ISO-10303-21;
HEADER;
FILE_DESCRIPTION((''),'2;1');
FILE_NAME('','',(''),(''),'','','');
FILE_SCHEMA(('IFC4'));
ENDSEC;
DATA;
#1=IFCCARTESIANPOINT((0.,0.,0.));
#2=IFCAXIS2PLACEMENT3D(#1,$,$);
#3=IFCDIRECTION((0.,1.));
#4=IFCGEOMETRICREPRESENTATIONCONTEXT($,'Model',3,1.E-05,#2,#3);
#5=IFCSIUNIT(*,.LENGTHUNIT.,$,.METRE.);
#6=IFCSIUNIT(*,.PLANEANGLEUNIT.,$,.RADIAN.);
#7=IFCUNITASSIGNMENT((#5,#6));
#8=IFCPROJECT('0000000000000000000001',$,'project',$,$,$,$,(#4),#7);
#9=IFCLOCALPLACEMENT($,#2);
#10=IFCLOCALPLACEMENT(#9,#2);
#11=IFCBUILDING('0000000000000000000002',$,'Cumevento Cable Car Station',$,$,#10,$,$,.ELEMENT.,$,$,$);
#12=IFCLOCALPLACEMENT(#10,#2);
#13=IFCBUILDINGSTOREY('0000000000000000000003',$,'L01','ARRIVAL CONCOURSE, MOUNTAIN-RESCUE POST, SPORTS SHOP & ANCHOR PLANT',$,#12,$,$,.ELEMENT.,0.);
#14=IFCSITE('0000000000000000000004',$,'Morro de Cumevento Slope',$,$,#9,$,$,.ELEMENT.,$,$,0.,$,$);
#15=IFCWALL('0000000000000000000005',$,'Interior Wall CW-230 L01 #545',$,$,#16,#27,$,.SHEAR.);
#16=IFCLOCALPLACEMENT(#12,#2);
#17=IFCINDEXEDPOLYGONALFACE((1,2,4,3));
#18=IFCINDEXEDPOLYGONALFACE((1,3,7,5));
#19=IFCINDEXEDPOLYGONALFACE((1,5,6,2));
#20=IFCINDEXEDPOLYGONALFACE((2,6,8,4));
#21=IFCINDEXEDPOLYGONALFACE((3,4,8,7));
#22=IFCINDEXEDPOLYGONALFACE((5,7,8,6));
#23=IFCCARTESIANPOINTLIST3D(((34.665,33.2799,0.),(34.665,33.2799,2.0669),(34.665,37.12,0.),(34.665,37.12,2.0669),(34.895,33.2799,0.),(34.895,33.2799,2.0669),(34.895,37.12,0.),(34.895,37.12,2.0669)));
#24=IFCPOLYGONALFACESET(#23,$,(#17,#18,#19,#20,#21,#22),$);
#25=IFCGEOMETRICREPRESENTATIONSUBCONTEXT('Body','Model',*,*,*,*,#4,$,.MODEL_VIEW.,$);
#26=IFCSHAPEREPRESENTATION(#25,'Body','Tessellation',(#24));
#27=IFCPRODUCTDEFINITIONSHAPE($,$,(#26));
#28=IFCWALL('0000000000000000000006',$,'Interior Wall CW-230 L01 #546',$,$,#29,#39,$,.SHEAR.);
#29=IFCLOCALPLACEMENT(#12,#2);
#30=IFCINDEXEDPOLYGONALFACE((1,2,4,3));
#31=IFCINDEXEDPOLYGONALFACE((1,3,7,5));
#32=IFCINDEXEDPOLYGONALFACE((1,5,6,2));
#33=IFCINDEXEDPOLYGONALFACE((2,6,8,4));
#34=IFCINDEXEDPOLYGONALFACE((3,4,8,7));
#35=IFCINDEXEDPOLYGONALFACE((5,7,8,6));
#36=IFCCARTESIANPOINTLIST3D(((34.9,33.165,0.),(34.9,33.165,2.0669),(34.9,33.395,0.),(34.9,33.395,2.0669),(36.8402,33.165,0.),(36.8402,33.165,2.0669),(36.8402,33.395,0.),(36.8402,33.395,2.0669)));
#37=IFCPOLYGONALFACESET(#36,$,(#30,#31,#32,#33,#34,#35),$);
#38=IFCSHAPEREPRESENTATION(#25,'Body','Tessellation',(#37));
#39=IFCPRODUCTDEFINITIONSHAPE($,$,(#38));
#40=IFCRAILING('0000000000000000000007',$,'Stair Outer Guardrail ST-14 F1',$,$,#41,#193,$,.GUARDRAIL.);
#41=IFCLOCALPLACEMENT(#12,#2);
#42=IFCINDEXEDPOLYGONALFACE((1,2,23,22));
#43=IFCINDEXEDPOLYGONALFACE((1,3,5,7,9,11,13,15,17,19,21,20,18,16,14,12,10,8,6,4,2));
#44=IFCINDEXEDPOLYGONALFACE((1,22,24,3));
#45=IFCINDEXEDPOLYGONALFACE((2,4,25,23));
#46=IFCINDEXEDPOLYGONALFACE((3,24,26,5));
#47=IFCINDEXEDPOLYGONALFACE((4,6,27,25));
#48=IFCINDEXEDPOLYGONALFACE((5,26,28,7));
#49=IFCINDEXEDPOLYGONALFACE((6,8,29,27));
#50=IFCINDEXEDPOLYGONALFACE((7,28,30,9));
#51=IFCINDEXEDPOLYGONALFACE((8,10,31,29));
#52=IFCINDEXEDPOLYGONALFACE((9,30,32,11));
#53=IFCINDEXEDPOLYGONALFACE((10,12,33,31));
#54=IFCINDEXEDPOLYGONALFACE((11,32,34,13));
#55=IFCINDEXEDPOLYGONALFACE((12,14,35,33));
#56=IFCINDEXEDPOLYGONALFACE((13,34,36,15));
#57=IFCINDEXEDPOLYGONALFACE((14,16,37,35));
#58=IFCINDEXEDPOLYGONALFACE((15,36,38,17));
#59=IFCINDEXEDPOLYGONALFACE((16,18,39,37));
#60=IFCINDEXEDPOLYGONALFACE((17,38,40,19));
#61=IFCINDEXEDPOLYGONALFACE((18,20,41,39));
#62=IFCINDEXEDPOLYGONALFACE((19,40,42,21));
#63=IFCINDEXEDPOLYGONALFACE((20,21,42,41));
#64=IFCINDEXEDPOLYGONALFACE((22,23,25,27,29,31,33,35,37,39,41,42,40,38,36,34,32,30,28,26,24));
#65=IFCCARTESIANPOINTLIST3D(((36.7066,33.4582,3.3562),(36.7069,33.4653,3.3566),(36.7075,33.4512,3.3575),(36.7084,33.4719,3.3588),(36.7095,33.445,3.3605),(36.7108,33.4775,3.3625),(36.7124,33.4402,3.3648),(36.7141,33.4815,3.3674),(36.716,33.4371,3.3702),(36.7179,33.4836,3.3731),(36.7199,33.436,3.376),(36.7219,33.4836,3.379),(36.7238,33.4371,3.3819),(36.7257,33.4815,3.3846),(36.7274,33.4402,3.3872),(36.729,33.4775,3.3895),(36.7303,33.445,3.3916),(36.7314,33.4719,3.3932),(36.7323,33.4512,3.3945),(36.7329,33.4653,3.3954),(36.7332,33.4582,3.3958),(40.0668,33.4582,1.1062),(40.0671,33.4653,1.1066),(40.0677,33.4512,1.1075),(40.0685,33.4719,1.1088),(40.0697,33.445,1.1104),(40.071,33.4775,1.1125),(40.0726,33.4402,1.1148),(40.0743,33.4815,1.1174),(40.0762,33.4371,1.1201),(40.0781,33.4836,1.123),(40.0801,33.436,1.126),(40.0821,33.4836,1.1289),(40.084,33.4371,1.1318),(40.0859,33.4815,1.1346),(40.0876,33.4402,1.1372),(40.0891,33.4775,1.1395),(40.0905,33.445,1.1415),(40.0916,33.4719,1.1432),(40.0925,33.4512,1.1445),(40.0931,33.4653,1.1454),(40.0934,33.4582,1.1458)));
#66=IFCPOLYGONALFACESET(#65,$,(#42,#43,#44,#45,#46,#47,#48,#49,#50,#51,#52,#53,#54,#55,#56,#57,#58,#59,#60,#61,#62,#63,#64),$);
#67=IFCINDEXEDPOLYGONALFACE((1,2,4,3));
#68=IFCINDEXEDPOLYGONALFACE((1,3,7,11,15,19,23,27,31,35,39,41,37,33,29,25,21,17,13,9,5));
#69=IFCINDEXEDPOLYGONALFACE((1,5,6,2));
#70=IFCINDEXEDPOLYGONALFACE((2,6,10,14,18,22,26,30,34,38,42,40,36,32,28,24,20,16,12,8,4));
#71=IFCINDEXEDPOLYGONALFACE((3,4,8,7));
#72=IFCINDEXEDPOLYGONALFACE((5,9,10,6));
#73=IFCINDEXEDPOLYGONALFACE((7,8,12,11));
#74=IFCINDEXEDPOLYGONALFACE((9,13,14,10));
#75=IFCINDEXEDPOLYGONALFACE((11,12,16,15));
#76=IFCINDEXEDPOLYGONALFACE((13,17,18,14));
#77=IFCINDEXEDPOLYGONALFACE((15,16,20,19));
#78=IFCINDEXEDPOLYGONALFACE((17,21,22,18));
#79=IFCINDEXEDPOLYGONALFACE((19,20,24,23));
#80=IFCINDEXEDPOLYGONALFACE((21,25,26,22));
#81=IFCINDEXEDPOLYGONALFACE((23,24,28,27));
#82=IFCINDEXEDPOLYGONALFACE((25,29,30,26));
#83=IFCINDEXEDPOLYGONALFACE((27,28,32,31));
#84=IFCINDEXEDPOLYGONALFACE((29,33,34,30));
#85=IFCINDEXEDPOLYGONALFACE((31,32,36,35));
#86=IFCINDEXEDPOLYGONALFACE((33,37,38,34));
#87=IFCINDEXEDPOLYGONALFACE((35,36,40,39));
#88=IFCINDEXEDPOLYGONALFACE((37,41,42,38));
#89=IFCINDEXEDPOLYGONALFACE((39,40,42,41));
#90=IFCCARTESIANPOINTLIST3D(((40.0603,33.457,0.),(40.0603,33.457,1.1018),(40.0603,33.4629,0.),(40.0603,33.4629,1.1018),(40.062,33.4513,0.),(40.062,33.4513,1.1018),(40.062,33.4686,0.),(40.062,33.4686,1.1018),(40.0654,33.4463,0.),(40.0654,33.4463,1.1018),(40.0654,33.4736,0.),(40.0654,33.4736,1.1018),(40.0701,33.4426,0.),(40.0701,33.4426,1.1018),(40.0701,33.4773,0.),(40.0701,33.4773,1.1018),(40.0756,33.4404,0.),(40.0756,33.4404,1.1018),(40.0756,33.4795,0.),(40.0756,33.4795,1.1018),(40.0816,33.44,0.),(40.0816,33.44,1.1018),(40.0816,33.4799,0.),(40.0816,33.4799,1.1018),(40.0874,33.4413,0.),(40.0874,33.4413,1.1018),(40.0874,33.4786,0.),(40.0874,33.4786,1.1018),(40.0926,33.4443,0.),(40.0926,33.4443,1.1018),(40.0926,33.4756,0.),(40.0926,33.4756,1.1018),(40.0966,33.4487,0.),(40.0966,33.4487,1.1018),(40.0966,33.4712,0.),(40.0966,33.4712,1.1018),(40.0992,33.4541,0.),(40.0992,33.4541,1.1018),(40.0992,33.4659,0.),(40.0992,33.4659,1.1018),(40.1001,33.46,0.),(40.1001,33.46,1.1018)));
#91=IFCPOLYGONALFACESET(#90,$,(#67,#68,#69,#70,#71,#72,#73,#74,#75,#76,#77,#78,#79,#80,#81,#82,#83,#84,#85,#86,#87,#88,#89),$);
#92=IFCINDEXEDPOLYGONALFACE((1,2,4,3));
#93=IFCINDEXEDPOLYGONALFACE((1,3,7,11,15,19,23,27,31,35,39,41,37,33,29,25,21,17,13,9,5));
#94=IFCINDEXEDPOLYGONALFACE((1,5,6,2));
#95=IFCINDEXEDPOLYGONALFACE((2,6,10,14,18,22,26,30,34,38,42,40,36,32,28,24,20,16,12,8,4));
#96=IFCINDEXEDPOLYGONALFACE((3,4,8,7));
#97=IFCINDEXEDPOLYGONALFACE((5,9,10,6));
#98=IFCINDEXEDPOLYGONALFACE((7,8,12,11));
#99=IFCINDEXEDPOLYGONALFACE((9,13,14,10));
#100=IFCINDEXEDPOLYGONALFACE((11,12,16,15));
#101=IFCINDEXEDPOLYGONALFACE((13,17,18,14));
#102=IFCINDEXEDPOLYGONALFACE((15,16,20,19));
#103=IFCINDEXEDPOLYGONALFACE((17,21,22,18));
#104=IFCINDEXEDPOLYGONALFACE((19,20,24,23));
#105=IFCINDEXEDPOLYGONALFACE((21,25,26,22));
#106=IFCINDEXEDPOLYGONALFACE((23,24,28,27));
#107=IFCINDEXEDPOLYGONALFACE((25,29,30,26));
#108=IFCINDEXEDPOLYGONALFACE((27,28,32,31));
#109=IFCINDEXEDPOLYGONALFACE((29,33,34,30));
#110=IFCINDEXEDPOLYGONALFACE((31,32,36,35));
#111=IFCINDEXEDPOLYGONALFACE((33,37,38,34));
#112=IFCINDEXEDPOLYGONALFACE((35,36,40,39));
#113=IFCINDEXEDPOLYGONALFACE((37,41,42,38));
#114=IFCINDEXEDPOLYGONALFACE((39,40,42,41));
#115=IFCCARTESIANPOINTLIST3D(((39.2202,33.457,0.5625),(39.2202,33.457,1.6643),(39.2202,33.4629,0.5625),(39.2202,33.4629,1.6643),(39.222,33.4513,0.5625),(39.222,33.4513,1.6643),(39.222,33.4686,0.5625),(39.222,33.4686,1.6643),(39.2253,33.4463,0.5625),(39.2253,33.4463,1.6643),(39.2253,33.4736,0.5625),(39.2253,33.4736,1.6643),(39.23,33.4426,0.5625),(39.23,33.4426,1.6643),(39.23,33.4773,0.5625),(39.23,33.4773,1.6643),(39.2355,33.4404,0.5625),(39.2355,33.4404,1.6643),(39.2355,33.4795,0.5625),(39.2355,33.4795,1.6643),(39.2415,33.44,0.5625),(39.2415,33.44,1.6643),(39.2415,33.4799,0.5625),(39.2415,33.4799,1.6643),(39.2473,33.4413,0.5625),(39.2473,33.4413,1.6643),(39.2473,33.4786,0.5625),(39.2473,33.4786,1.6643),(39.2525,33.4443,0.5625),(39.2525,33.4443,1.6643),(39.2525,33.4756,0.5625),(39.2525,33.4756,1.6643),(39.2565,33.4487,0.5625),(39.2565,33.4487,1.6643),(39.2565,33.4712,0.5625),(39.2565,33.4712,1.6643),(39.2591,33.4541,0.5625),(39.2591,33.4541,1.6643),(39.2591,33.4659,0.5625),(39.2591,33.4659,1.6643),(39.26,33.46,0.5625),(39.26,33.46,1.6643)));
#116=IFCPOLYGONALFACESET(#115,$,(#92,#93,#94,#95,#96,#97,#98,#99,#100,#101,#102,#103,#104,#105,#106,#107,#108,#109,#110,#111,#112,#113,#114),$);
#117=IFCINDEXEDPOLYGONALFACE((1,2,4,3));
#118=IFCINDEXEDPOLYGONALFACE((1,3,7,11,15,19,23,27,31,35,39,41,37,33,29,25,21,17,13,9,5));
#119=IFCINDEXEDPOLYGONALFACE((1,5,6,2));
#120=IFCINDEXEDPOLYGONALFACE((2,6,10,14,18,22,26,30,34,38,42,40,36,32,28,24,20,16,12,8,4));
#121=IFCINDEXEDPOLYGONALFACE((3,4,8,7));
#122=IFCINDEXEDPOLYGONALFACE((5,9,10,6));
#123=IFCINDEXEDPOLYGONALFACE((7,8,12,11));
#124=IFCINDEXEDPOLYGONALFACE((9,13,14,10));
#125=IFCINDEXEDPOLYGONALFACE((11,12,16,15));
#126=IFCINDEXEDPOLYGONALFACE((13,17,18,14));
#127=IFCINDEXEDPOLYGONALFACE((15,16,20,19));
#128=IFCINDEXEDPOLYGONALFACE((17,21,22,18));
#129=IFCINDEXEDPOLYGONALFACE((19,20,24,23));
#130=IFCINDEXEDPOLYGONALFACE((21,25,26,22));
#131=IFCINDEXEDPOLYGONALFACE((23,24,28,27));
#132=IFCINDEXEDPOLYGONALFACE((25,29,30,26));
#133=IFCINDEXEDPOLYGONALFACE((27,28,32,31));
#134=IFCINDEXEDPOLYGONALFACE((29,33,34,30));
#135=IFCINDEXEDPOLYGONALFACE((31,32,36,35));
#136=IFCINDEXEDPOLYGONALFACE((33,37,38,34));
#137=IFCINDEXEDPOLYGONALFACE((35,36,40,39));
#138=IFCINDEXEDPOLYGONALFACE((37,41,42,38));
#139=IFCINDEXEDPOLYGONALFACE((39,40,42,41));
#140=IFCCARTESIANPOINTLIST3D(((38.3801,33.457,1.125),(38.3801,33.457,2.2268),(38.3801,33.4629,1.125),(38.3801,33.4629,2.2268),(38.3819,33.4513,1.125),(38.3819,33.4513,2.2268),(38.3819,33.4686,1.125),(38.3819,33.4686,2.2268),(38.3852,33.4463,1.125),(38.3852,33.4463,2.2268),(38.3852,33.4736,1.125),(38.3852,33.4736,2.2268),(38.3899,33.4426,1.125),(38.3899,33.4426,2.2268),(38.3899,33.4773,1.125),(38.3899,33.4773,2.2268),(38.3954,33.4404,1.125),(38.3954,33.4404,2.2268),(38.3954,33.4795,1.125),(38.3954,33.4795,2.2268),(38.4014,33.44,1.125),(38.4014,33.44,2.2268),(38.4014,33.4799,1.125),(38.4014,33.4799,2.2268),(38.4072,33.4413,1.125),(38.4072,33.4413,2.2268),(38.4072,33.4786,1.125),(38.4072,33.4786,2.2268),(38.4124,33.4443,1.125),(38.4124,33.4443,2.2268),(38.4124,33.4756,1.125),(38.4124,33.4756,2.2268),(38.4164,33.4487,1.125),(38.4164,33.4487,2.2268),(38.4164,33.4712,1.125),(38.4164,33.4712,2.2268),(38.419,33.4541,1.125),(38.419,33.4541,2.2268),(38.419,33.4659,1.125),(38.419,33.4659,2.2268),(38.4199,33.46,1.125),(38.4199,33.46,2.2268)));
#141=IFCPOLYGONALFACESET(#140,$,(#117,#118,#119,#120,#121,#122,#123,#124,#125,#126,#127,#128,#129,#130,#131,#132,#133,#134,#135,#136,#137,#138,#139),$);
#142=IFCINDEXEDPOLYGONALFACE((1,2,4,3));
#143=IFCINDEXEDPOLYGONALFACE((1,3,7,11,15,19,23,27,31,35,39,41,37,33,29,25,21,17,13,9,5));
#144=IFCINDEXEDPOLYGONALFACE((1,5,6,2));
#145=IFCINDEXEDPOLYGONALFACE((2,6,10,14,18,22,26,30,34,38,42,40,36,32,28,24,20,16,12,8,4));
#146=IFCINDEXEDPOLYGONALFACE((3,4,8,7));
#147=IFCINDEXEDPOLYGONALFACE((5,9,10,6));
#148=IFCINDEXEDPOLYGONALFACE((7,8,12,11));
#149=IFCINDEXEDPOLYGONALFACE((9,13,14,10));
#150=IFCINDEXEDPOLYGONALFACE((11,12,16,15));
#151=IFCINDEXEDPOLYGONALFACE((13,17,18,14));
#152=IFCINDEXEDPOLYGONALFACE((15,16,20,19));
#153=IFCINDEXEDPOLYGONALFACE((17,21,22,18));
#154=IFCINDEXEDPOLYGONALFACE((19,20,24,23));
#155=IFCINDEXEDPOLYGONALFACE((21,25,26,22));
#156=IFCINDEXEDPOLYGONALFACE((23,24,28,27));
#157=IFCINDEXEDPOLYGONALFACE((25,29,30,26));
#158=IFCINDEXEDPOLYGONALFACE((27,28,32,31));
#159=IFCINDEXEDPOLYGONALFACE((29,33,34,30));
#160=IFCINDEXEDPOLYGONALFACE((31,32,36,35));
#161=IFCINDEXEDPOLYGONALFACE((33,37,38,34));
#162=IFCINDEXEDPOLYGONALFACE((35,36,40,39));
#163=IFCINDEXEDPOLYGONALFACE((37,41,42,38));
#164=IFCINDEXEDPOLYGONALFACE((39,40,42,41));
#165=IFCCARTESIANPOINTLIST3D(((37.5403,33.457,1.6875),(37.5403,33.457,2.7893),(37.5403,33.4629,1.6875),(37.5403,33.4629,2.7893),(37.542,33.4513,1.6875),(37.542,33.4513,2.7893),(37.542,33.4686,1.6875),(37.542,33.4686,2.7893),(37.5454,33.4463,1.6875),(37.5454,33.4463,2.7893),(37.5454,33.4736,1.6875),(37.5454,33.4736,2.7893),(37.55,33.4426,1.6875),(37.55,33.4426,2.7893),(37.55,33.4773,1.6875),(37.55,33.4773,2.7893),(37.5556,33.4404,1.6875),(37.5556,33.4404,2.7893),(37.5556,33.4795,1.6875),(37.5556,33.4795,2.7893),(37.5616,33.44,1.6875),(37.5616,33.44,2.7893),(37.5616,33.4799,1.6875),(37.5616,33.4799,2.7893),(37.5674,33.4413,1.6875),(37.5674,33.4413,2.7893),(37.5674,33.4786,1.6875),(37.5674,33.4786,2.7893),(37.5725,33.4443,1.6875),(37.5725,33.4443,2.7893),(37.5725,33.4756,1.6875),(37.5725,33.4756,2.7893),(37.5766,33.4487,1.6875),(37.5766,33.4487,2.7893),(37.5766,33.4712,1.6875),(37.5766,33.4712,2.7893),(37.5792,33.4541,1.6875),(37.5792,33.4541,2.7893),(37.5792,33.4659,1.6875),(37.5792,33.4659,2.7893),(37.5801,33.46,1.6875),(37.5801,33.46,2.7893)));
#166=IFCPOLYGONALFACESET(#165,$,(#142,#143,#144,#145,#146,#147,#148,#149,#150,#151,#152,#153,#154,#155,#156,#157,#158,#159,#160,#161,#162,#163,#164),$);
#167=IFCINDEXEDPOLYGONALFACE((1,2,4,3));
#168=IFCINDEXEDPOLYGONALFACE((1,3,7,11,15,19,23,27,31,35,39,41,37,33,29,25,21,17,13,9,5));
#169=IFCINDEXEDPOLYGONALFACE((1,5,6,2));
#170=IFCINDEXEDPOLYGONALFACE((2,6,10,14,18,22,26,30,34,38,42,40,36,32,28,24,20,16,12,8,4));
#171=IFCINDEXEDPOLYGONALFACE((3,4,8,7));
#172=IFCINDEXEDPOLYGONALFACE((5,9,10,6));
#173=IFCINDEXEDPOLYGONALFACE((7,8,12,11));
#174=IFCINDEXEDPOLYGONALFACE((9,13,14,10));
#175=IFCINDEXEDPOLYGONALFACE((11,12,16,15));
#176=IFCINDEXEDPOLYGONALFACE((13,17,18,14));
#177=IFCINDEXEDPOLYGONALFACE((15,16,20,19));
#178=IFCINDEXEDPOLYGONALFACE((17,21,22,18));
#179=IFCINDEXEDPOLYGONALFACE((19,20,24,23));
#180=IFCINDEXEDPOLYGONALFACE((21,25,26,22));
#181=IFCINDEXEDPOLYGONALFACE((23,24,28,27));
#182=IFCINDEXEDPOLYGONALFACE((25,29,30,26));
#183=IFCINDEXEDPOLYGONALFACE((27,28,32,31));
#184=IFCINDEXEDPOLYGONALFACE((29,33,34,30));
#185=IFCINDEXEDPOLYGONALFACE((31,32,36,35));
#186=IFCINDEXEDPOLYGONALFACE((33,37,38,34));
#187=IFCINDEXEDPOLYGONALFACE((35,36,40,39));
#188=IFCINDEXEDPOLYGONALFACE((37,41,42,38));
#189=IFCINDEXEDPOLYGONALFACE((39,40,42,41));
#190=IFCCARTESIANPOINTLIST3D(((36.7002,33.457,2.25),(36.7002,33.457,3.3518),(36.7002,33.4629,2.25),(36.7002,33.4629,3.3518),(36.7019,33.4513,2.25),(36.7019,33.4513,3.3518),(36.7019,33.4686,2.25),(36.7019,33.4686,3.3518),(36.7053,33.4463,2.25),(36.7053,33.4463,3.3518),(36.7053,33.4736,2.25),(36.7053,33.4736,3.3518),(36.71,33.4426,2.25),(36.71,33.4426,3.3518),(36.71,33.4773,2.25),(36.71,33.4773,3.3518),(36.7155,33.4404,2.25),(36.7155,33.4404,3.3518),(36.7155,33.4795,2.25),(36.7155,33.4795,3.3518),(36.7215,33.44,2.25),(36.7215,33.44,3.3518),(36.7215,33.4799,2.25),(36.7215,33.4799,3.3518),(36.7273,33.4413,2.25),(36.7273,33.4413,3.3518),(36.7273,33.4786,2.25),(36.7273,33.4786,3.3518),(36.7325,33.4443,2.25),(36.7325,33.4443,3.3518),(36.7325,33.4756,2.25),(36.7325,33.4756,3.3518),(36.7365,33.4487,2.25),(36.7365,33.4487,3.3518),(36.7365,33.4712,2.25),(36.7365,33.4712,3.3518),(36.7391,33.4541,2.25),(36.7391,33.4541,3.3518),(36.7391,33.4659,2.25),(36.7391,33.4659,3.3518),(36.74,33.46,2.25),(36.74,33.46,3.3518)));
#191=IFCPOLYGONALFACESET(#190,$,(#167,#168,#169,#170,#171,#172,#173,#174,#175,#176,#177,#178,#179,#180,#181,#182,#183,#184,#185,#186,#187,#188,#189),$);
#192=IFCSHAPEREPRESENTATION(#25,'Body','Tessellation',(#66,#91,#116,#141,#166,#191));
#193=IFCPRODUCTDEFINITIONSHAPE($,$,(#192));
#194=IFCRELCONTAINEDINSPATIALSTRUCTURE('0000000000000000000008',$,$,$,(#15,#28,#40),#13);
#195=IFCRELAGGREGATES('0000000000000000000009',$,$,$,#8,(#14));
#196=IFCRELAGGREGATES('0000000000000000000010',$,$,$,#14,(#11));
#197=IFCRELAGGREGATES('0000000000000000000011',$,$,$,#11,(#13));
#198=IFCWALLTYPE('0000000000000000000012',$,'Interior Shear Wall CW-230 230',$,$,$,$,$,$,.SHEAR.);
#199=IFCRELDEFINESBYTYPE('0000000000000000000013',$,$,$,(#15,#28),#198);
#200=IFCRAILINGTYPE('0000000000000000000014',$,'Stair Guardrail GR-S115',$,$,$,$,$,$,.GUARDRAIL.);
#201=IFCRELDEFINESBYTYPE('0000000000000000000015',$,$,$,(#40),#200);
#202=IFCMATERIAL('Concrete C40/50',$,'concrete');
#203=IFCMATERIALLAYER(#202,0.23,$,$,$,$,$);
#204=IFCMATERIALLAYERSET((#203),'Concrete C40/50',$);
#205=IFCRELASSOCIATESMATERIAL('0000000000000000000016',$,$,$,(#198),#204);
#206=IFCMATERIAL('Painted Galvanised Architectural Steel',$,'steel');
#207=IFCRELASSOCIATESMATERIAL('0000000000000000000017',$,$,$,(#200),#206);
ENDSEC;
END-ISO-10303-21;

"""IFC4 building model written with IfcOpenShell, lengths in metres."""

from ifc_helpers import new_model, si_unit, direction, frame, frame_2d, origin, origin_2d, place, context, subcontext, project, spatial, rectangle, circle, extrude, material, layer, layer_set, type_object, element, save


model = new_model("IFC4")

# Units and contexts
model_context = context("Model", 3, precision=1e-05, world=origin(), true_north=direction((0.0, 1.0)))
body_context = subcontext(model_context, "Body", "Model", "MODEL_VIEW")
ifc_project = project(units=[si_unit("LENGTHUNIT", "METRE"), si_unit("PLANEANGLEUNIT", "RADIAN")], contexts=[model_context])

# Site, building, storey
site_placement = place(None, origin())
site = spatial("IfcSite", under=ifc_project, at=site_placement, Name="Morro de Cumevento Slope", CompositionType="ELEMENT", RefElevation=0.0)
building_placement = place(site_placement, origin())
building = spatial("IfcBuilding", under=site, at=building_placement, Name="Cumevento Cable Car Station", CompositionType="ELEMENT")
storey_placement = place(building_placement, origin())
storey = spatial("IfcBuildingStorey", under=building, at=storey_placement, Name="L01", Description="ARRIVAL CONCOURSE, MOUNTAIN-RESCUE POST, SPORTS SHOP & ANCHOR PLANT", CompositionType="ELEMENT", Elevation=0.0)

# Walls
ifc_material_1 = material(Name="Concrete C40/50", Category="concrete")
ifc_layer = layer(ifc_material_1, 0.23)
ifc_layer_set = layer_set([ifc_layer], Name="Concrete C40/50")
wall_type = type_object("IfcWallType", Name="Interior Shear Wall CW-230 230", PredefinedType="SHEAR", material=ifc_layer_set)
wall_1_placement = place(storey_placement, frame((34.78, 33.28, 0.0), z_axis=(0.0, 0.0, 1.0), x_axis=(0.0, 1.0, 0.0)))
element("IfcWall", 1, at=wall_1_placement, inside=storey, type_object=wall_type, Name="Interior Wall CW-230 L01 #545", PredefinedType="SHEAR", context=body_context, shape_type="SweptSolid", body=[
    extrude(rectangle(XDim=3.8401, YDim=0.23, at=frame_2d((1.9199, 0.0))), origin(), (0.0, 0.0, 1.0), 2.0669),
])
wall_2_placement = place(storey_placement, frame((34.8999, 33.28, 0.0), z_axis=(0.0, 0.0, 1.0), x_axis=(1.0, 0.0, 0.0)))
element("IfcWall", 2, at=wall_2_placement, inside=storey, type_object=wall_type, Name="Interior Wall CW-230 L01 #546", PredefinedType="SHEAR", context=body_context, shape_type="SweptSolid", body=[
    extrude(rectangle(XDim=1.9402, YDim=0.23, at=frame_2d((0.9702, 0.0))), origin(), (0.0, 0.0, 1.0), 2.0669),
])

# Railing
ifc_material_2 = material(Name="Painted Galvanised Architectural Steel", Category="steel")
railing_type_1 = type_object("IfcRailingType", Name="Stair Guardrail GR-S115", PredefinedType="GUARDRAIL", material=ifc_material_2)
railing_1_placement = place(storey_placement, frame((40.0801, 33.46, 0.0)))
element("IfcRailing", 3, at=railing_1_placement, inside=storey, type_object=railing_type_1, Name="Stair Outer Guardrail ST-14 F1", PredefinedType="GUARDRAIL", context=body_context, shape_type="SweptSolid", body=[
    extrude(circle(Radius=0.0239, at=origin_2d()), frame((0.0, 0.0, 1.126), z_axis=(-0.830915, 0.0, 0.556399), x_axis=(0.0, -1.0, 0.0)), (0.0, 0.0, 1.0), 4.0439),
    extrude(circle(Radius=0.02, at=origin_2d()), origin(), (0.0, 0.0, 1.0), 1.1018),
    extrude(circle(Radius=0.02, at=origin_2d()), frame((-0.8401, 0.0, 0.5625)), (0.0, 0.0, 1.0), 1.1018),
    extrude(circle(Radius=0.02, at=origin_2d()), frame((-1.6802, 0.0, 1.125)), (0.0, 0.0, 1.0), 1.1018),
    extrude(circle(Radius=0.02, at=origin_2d()), frame((-2.52, 0.0, 1.6875)), (0.0, 0.0, 1.0), 1.1018),
    extrude(circle(Radius=0.02, at=origin_2d()), frame((-3.3601, 0.0, 2.25)), (0.0, 0.0, 1.0), 1.1018),
])

save(model, "model.ifc")
